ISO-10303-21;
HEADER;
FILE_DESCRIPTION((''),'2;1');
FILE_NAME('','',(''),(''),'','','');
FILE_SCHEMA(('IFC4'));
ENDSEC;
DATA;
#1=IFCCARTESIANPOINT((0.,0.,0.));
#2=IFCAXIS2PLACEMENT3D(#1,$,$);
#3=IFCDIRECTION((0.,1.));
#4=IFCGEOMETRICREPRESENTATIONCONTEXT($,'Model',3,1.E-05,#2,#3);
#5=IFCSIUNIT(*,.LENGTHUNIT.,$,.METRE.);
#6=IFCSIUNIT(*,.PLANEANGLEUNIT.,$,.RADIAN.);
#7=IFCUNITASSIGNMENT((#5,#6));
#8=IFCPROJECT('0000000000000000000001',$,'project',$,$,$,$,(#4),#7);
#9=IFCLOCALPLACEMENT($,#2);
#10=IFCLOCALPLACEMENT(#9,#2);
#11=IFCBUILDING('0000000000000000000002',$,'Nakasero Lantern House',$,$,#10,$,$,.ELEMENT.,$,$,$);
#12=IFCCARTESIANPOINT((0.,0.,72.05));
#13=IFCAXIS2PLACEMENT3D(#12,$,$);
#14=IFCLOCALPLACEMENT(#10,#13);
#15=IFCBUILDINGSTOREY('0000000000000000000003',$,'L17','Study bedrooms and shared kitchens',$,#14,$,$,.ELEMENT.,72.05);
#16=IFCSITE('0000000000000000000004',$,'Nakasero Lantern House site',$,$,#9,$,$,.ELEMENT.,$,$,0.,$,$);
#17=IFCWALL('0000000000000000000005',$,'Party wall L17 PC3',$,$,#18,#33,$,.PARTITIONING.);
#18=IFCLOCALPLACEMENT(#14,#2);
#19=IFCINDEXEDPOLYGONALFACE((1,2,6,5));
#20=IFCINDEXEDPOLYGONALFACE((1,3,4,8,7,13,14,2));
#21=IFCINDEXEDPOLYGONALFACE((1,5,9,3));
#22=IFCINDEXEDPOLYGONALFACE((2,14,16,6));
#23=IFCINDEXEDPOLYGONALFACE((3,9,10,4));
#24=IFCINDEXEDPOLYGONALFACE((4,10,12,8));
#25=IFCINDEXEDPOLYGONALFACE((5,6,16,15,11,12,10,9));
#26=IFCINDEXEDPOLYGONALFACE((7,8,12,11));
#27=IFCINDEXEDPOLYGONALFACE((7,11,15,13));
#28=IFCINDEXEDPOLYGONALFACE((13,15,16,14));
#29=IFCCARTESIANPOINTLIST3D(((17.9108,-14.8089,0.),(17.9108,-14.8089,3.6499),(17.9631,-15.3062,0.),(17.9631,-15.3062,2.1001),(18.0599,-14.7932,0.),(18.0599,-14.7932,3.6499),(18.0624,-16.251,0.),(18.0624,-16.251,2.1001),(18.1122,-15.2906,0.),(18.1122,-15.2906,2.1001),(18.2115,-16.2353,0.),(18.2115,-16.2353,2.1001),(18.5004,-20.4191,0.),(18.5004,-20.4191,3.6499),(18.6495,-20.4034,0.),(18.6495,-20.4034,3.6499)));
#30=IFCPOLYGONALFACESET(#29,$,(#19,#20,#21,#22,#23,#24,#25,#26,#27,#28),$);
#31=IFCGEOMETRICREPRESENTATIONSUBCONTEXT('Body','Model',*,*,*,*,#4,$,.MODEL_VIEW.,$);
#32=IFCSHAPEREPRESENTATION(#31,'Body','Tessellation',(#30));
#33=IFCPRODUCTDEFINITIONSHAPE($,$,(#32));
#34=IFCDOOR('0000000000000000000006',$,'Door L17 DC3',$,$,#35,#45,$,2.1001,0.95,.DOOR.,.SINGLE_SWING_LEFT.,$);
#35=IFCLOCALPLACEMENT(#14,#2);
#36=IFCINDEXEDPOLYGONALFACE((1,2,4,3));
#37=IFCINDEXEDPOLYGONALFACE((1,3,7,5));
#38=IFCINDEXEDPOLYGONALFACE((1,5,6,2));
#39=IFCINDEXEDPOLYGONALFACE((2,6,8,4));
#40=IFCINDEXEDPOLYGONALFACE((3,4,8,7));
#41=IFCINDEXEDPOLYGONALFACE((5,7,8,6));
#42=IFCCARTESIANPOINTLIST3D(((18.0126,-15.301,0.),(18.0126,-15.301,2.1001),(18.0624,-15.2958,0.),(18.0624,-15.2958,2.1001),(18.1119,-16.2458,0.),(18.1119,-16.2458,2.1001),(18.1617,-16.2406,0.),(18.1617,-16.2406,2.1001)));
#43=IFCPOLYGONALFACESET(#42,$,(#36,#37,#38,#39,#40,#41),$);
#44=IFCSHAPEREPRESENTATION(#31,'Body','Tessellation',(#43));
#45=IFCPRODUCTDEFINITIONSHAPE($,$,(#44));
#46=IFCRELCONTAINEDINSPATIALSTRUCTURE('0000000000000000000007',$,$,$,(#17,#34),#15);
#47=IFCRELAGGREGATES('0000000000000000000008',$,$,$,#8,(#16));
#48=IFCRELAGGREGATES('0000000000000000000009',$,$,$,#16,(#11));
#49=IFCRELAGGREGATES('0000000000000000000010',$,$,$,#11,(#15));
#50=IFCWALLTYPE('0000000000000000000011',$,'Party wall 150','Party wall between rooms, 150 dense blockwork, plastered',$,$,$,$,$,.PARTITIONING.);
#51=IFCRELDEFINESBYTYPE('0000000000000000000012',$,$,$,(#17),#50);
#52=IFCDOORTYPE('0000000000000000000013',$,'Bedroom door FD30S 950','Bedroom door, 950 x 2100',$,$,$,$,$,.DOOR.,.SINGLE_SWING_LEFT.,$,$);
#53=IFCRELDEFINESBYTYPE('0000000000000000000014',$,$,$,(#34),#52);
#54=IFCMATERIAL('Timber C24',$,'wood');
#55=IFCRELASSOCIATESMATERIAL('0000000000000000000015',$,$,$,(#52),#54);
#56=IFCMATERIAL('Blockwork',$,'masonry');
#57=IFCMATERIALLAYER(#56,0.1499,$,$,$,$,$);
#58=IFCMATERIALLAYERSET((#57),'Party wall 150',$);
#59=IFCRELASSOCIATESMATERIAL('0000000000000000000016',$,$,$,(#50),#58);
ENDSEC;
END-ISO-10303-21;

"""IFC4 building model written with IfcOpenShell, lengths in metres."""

from ifc_helpers import new_model, si_unit, direction, frame, frame_2d, origin, place, context, subcontext, project, spatial, rectangle, extrude, material, layer, layer_set, type_object, element, fill, save


model = new_model("IFC4")

# Units and contexts
model_context = context("Model", 3, precision=1e-05, world=origin(), true_north=direction((0.0, 1.0)))
body_context = subcontext(model_context, "Body", "Model", "MODEL_VIEW")
ifc_project = project(units=[si_unit("LENGTHUNIT", "METRE"), si_unit("PLANEANGLEUNIT", "RADIAN")], contexts=[model_context])

# Site, building, storey
site_placement = place(None, origin())
site = spatial("IfcSite", under=ifc_project, at=site_placement, Name="Nakasero Lantern House site", CompositionType="ELEMENT", RefElevation=0.0)
building_placement = place(site_placement, origin())
building = spatial("IfcBuilding", under=site, at=building_placement, Name="Nakasero Lantern House", CompositionType="ELEMENT")
storey_placement = place(building_placement, frame((0.0, 0.0, 72.05)))
storey = spatial("IfcBuildingStorey", under=building, at=storey_placement, Name="L17", Description="Study bedrooms and shared kitchens", CompositionType="ELEMENT", Elevation=72.05)

# Shared definitions
ifc_material_1 = material(Name="Timber C24", Category="wood")
door_type_1 = type_object("IfcDoorType", Name="Bedroom door FD30S 950", Description="Bedroom door, 950 x 2100", OperationType="SINGLE_SWING_LEFT", PredefinedType="DOOR", material=ifc_material_1)

# Shared definitions
ifc_material_2 = material(Name="Blockwork", Category="masonry")
ifc_layer_1 = layer(ifc_material_2, 0.1499)
ifc_layer_set_1 = layer_set([ifc_layer_1], Name="Party wall 150")
wall_type_1 = type_object("IfcWallType", Name="Party wall 150", Description="Party wall between rooms, 150 dense blockwork, plastered", PredefinedType="PARTITIONING", material=ifc_layer_set_1)

# Wall, opening, door
wall_1_placement = place(storey_placement, frame((17.9854, -14.801, 0.0), z_axis=(0.0, 0.0, 1.0), x_axis=(0.10452, -0.994523, 0.0)))
wall_1 = element("IfcWall", 1, at=wall_1_placement, inside=storey, type_object=wall_type_1, Name="Party wall L17 PC3", PredefinedType="PARTITIONING", context=body_context, shape_type="SweptSolid", body=[
    extrude(rectangle(XDim=5.6411, YDim=0.1499, at=frame_2d((2.8206, 0.0))), origin(), (0.0, 0.0, 1.0), 3.6499),
])
opening_1_placement = place(wall_1_placement, frame((0.5, 0.0, 0.0)))
opening_1 = element("IfcOpeningElement", 2, at=opening_1_placement, cuts=wall_1, PredefinedType="OPENING", context=body_context, shape_type="SweptSolid", body=[
    extrude(rectangle(XDim=0.95, YDim=2.1001, at=frame_2d((0.4751, 1.05))), frame((0.0, 0.095, 0.0), z_axis=(0.0, -1.0, 0.0), x_axis=(1.0, 0.0, 0.0)), (0.0, 0.0, 1.0), 0.1899),
])
door_1_placement = place(opening_1_placement, origin())
door_1 = element("IfcDoor", 3, at=door_1_placement, inside=storey, type_object=door_type_1, Name="Door L17 DC3", OperationType="SINGLE_SWING_LEFT", OverallHeight=2.1001, OverallWidth=0.95, PredefinedType="DOOR", context=body_context, shape_type="SweptSolid", body=[
    extrude(rectangle(XDim=0.95, YDim=2.1001, at=frame_2d((0.4751, 1.05))), frame((0.0, 0.0249, 0.0), z_axis=(0.0, -1.0, 0.0), x_axis=(1.0, 0.0, 0.0)), (0.0, 0.0, 1.0), 0.05),
])
fill(opening_1, door_1)

save(model, "model.ifc")
